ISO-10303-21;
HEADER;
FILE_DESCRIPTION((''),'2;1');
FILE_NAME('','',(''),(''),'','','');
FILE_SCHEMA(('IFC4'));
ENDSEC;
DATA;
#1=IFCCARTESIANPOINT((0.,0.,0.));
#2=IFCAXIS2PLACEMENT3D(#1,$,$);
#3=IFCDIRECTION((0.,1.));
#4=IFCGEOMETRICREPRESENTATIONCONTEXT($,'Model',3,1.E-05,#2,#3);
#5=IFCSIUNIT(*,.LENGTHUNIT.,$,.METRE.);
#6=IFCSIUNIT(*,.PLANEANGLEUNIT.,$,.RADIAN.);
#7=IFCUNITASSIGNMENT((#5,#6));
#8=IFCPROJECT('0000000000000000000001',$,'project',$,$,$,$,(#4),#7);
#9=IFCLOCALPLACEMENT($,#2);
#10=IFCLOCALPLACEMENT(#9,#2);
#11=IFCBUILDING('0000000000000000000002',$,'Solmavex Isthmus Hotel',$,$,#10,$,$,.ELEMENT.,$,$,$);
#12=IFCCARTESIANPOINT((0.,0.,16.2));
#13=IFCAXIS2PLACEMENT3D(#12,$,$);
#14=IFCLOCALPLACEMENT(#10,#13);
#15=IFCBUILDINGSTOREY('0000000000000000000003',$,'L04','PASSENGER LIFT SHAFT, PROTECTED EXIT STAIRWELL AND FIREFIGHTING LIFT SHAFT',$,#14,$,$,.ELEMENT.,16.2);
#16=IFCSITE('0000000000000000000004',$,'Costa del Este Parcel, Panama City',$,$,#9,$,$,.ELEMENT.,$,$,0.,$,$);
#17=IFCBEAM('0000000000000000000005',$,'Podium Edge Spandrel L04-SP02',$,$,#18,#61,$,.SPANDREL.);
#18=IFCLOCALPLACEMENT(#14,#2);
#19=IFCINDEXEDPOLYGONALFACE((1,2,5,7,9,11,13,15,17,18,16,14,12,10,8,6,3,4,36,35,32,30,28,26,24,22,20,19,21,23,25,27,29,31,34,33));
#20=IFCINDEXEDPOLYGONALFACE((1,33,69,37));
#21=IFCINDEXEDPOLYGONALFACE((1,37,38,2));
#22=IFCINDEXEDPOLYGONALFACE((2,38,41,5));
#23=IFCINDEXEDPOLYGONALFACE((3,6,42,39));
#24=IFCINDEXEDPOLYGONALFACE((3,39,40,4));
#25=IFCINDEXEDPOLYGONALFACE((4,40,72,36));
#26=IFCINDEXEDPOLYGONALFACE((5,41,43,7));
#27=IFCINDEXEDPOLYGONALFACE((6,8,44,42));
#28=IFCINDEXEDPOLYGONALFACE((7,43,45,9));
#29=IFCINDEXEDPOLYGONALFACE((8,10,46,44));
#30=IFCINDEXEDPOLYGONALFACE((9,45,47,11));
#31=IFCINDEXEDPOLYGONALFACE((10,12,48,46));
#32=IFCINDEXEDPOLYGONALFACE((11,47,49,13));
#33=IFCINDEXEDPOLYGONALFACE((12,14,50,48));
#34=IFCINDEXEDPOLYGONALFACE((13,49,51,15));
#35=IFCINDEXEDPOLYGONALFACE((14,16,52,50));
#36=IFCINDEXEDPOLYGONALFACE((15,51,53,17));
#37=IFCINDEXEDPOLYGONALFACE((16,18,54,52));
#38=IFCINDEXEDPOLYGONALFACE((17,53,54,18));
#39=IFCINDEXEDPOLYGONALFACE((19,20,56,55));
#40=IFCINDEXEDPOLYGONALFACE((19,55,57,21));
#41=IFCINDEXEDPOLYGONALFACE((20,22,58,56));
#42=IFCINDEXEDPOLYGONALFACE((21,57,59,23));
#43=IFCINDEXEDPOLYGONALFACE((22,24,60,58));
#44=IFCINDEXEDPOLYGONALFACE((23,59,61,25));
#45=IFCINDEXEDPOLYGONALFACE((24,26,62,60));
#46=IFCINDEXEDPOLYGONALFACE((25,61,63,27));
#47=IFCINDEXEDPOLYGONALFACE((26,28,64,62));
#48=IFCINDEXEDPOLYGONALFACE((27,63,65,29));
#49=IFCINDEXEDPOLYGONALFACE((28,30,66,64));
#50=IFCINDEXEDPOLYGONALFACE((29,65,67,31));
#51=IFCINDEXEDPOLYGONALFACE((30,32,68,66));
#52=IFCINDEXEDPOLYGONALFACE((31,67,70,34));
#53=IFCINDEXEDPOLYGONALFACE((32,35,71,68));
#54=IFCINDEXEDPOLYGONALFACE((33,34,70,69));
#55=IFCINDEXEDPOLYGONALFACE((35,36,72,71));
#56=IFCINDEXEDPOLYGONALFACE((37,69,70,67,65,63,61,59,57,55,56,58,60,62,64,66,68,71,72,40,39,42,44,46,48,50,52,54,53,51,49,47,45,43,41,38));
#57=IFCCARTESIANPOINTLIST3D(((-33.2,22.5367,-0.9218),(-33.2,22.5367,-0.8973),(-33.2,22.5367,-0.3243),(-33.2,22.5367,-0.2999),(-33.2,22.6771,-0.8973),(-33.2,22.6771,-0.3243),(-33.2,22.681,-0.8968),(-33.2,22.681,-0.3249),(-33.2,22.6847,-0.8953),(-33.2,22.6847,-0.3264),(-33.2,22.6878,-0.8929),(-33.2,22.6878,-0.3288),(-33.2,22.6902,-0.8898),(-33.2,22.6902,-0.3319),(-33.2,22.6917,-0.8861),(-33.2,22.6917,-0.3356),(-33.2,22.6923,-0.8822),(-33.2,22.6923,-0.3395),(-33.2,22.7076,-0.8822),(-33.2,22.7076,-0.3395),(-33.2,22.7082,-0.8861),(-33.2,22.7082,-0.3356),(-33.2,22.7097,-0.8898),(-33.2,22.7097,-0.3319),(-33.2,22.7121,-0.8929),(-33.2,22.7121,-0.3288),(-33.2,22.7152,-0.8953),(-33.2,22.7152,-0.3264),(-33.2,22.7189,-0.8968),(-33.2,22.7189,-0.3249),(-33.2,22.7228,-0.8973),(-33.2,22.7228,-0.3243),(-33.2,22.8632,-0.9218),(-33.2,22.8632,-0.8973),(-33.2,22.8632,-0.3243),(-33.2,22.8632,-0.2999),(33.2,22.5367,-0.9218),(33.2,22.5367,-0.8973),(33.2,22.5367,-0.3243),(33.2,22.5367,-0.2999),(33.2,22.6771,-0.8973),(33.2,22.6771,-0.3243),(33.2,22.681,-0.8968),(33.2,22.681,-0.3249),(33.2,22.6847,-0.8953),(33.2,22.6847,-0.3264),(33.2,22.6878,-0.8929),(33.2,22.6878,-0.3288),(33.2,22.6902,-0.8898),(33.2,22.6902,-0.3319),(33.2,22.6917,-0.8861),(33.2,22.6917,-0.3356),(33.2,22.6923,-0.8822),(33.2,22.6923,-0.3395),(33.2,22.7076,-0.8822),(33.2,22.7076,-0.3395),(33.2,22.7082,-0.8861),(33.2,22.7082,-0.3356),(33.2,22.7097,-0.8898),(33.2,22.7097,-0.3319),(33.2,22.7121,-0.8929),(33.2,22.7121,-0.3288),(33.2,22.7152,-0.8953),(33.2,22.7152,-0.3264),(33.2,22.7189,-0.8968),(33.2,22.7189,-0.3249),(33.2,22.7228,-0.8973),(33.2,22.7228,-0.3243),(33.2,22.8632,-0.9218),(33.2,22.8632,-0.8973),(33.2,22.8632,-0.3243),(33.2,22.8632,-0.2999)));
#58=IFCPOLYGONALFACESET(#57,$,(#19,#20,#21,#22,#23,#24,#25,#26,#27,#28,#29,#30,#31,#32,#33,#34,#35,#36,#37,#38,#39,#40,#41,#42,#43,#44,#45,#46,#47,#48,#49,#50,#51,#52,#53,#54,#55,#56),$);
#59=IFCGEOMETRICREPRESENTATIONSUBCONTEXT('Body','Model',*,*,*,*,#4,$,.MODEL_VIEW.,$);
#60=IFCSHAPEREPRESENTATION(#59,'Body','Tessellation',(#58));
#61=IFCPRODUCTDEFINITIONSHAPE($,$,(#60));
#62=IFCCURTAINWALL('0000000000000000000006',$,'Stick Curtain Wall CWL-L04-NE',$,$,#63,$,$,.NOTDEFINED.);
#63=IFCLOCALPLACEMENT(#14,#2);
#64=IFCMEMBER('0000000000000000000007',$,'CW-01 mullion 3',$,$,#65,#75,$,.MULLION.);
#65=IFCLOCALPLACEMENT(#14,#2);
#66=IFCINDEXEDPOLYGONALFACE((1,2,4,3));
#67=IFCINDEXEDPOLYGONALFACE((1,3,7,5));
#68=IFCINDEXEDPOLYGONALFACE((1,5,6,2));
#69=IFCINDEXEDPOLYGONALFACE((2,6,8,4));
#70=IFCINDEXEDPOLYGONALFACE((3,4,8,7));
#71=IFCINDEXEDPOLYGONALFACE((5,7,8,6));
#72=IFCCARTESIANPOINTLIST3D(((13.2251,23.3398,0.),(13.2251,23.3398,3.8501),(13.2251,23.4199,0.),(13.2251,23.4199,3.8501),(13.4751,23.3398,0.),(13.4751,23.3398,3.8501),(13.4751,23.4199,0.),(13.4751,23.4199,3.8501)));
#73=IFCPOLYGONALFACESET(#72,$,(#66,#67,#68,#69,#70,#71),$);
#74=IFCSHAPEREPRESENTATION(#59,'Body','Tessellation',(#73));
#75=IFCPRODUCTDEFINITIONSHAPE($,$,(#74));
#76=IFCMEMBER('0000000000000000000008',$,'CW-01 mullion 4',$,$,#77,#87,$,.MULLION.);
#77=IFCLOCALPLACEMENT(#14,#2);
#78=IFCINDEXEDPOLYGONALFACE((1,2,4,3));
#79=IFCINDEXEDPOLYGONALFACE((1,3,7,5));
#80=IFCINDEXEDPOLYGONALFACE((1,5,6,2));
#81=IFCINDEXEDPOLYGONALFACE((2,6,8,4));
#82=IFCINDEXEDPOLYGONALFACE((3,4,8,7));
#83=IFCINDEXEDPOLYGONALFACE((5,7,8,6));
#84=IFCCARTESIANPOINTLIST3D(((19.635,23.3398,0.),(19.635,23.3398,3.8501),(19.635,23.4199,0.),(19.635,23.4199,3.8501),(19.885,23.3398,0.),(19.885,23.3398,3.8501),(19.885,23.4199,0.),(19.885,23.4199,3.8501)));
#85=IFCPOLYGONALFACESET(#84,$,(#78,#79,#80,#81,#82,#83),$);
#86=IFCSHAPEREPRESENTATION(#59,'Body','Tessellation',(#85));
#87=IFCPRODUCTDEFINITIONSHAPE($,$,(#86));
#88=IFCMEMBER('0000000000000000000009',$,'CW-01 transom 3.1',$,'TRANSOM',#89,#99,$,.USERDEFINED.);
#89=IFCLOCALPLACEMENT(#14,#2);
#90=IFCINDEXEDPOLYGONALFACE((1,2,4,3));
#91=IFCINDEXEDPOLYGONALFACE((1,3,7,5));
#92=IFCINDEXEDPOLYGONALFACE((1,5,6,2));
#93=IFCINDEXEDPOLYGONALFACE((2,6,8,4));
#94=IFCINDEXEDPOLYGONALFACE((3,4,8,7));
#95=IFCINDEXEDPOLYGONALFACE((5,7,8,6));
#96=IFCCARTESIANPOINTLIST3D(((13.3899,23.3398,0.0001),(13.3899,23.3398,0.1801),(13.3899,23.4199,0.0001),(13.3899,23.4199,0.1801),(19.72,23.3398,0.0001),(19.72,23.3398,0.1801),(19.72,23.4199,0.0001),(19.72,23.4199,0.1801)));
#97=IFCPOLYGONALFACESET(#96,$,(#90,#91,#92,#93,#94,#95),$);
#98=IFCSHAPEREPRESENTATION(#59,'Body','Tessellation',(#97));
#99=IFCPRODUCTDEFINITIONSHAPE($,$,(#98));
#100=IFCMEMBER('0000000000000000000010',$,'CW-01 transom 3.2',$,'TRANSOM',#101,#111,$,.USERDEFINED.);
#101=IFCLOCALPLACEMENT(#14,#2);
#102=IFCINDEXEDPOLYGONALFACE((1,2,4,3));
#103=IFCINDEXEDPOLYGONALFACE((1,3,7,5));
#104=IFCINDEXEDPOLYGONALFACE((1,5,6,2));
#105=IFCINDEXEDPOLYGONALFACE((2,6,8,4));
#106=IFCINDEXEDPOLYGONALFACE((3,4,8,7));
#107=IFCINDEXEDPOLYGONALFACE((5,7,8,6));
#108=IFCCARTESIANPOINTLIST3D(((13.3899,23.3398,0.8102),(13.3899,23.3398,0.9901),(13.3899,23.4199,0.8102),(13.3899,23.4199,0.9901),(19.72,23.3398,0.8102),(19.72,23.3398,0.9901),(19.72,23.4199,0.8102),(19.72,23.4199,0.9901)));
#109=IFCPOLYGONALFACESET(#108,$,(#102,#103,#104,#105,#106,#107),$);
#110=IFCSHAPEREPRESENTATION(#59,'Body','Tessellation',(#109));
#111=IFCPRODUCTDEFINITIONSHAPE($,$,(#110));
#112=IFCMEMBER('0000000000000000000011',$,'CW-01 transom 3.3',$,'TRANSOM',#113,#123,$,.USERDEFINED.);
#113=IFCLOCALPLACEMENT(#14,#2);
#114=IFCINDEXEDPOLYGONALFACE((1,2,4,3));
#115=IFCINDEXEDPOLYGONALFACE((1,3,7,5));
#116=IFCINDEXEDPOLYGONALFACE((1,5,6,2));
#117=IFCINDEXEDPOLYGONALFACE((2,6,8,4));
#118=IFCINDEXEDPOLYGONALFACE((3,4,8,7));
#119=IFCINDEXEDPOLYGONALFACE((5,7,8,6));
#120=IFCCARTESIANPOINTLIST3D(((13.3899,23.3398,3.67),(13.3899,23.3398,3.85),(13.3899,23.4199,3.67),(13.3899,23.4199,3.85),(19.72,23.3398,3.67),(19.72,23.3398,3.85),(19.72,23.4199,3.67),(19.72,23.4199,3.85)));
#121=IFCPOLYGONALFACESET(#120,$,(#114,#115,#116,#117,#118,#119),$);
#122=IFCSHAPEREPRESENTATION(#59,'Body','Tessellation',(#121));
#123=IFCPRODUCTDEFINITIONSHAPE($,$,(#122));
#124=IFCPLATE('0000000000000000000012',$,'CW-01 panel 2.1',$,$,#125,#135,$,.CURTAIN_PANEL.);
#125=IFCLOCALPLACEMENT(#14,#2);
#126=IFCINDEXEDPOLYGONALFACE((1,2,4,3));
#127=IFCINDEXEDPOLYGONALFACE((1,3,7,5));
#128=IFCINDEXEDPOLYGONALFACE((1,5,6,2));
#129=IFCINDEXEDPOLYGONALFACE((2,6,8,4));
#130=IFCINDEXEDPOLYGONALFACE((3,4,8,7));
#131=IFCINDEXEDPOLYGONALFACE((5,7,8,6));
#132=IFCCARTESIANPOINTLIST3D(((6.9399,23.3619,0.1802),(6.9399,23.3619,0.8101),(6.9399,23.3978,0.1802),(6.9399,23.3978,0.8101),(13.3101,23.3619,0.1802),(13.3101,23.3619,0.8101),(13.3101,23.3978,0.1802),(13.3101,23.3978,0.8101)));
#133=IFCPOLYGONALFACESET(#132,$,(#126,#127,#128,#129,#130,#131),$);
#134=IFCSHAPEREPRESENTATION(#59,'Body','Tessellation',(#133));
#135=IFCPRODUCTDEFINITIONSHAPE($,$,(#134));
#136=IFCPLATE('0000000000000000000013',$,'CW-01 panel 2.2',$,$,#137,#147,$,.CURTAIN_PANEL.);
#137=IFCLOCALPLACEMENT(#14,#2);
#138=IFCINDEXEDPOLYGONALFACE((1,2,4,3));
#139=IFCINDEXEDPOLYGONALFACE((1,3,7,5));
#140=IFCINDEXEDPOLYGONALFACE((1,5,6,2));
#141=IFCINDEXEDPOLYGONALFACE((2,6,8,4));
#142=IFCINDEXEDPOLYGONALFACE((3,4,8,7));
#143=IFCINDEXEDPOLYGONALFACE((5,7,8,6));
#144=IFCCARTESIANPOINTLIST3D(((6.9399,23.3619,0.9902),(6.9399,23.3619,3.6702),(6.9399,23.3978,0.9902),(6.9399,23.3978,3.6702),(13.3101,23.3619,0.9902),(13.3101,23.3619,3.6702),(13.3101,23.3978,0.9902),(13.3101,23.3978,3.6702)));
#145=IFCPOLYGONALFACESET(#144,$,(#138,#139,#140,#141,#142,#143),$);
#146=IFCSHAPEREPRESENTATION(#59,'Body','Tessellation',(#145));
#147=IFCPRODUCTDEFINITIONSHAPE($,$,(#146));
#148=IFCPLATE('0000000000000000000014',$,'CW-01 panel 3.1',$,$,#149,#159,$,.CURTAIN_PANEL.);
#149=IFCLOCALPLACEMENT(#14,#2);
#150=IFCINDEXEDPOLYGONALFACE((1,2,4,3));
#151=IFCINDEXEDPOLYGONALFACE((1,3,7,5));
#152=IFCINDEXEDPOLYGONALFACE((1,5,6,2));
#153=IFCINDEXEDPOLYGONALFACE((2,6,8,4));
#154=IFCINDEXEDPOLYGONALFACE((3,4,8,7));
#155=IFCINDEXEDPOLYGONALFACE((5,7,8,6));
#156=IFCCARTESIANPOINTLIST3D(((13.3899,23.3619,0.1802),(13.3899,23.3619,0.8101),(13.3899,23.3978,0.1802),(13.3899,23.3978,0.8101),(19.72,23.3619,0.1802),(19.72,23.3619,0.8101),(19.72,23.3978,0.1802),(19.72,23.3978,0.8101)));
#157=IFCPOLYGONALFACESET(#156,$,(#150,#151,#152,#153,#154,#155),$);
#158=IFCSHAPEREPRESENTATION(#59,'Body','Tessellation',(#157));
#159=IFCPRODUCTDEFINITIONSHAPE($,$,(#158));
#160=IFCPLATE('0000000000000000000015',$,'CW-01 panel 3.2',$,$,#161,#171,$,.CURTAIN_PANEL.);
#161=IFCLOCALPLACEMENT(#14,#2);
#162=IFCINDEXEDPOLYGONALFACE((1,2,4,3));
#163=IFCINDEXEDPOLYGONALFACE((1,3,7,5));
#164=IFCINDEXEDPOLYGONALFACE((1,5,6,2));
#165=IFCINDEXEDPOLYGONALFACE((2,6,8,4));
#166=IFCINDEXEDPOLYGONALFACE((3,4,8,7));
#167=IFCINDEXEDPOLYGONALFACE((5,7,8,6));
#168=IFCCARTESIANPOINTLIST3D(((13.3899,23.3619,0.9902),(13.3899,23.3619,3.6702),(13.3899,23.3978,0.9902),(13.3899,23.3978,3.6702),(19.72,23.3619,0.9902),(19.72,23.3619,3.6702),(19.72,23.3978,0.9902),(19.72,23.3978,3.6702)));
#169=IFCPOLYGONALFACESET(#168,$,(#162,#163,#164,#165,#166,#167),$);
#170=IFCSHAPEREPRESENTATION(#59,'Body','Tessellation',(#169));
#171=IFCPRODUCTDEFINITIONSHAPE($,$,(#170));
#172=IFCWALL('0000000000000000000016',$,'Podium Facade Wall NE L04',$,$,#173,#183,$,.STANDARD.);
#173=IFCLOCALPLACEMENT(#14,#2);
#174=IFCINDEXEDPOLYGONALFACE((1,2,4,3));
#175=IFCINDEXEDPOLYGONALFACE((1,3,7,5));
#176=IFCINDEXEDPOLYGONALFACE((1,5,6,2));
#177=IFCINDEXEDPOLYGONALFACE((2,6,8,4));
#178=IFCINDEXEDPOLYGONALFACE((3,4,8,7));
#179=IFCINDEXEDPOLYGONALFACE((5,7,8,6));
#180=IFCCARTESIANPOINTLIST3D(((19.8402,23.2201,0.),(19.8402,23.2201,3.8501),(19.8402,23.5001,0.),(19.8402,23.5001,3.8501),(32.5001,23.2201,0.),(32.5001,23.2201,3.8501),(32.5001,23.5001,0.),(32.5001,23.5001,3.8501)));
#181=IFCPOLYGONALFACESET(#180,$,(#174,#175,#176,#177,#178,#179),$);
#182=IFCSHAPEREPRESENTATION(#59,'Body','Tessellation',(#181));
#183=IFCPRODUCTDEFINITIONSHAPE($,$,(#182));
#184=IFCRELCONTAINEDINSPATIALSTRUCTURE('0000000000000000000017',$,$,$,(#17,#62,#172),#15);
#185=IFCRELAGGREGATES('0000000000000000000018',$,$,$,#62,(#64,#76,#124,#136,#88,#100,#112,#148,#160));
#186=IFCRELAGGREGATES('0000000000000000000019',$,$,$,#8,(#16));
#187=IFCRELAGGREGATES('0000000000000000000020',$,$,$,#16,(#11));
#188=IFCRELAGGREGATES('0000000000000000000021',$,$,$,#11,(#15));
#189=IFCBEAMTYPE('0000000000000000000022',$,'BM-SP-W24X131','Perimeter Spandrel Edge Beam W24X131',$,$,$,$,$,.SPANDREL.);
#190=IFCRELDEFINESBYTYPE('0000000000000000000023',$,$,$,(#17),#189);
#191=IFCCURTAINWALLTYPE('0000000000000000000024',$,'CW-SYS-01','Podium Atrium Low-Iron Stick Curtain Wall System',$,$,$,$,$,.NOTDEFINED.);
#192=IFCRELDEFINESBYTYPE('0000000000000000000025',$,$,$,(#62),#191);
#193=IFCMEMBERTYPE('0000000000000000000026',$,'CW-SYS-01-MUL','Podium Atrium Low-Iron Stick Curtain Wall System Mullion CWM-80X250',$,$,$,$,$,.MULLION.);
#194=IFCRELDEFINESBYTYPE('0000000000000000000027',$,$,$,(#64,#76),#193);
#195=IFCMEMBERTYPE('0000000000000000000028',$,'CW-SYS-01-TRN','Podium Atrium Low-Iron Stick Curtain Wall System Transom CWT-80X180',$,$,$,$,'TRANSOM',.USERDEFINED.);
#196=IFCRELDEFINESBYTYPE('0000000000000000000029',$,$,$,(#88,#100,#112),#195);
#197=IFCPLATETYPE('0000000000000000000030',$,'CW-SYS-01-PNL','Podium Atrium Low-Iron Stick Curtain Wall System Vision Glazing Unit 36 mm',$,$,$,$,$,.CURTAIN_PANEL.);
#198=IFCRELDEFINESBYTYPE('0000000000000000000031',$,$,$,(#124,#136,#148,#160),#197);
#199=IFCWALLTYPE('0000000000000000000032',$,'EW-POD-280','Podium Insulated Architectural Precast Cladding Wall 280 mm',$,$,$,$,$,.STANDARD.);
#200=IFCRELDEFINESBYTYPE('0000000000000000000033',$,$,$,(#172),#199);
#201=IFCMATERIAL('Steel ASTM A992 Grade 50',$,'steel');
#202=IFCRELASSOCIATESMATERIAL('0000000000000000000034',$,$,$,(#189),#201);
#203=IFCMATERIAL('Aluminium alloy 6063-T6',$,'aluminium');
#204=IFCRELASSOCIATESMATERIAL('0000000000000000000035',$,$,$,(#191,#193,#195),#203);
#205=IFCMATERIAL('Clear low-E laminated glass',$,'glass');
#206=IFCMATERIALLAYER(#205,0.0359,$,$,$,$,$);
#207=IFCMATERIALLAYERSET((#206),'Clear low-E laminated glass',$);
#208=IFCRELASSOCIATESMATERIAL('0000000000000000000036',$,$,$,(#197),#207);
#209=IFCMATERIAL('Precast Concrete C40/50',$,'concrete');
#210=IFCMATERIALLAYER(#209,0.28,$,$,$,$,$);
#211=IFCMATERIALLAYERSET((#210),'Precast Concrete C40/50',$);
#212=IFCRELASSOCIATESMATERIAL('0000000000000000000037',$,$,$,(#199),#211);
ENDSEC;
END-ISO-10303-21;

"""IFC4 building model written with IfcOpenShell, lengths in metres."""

from ifc_helpers import new_model, si_unit, direction, frame, frame_2d, origin, origin_2d, place, context, subcontext, project, spatial, rectangle, i_section, extrude, material, layer, layer_set, material_profile, profile_set, type_object, element, aggregate, save


model = new_model("IFC4")

# Units and contexts
model_context = context("Model", 3, precision=1e-05, world=origin(), true_north=direction((0.0, 1.0)))
body_context = subcontext(model_context, "Body", "Model", "MODEL_VIEW")
ifc_project = project(units=[si_unit("LENGTHUNIT", "METRE"), si_unit("PLANEANGLEUNIT", "RADIAN")], contexts=[model_context])

# Site, building, storey
site_placement = place(None, origin())
site = spatial("IfcSite", under=ifc_project, at=site_placement, Name="Costa del Este Parcel, Panama City", CompositionType="ELEMENT", RefElevation=0.0)
building_placement = place(site_placement, origin())
building = spatial("IfcBuilding", under=site, at=building_placement, Name="Solmavex Isthmus Hotel", CompositionType="ELEMENT")
storey_placement = place(building_placement, frame((0.0, 0.0, 16.2)))
storey = spatial("IfcBuildingStorey", under=building, at=storey_placement, Name="L04", Description="PASSENGER LIFT SHAFT, PROTECTED EXIT STAIRWELL AND FIREFIGHTING LIFT SHAFT", CompositionType="ELEMENT", Elevation=16.2)

# Beam
ifc_material_1 = material(Name="Steel ASTM A992 Grade 50", Category="steel")
ifc_material_profile_1 = material_profile(ifc_material_1, i_section(OverallWidth=0.3264, OverallDepth=0.6218, WebThickness=0.0154, FlangeThickness=0.0244, FilletRadius=0.0151, at=origin_2d()), Name="W24X131")
ifc_profile_set_1 = profile_set([ifc_material_profile_1], Name="Steel ASTM A992 Grade 50")
beam_type_1 = type_object("IfcBeamType", Name="BM-SP-W24X131", Description="Perimeter Spandrel Edge Beam W24X131", PredefinedType="SPANDREL", material=ifc_profile_set_1)
beam_1_placement = place(storey_placement, frame((33.2, 22.7, -0.6108), z_axis=(-1.0, 0.0, 0.0), x_axis=(0.0, -1.0, 0.0)))
element("IfcBeam", 1, at=beam_1_placement, inside=storey, type_object=beam_type_1, Name="Podium Edge Spandrel L04-SP02", PredefinedType="SPANDREL", context=body_context, shape_type="SweptSolid", body=[
    extrude(i_section(OverallWidth=0.3264, OverallDepth=0.6218, WebThickness=0.0154, FlangeThickness=0.0244, FilletRadius=0.0151, at=origin_2d()), origin(), (0.0, 0.0, 1.0), 66.3999),
])

# Curtain wall, members, plates
ifc_material_2 = material(Name="Aluminium alloy 6063-T6", Category="aluminium")
curtain_wall_type = type_object("IfcCurtainWallType", Name="CW-SYS-01", Description="Podium Atrium Low-Iron Stick Curtain Wall System", PredefinedType="NOTDEFINED", material=ifc_material_2)
curtain_wall_placement = place(storey_placement, origin())
curtain_wall = element("IfcCurtainWall", 2, at=curtain_wall_placement, inside=storey, type_object=curtain_wall_type, Name="Stick Curtain Wall CWL-L04-NE", PredefinedType="NOTDEFINED")
ifc_material_profile_2 = material_profile(ifc_material_2, rectangle(XDim=0.0801, YDim=0.25, at=origin_2d()), Name="CWM-80X250")
ifc_profile_set_2 = profile_set([ifc_material_profile_2], Name="Aluminium alloy 6063-T6")
member_type_1 = type_object("IfcMemberType", Name="CW-SYS-01-MUL", Description="Podium Atrium Low-Iron Stick Curtain Wall System Mullion CWM-80X250", PredefinedType="MULLION", material=ifc_profile_set_2)
member_1_placement = place(storey_placement, frame((13.3501, 23.3799, 0.0), z_axis=(0.0, 0.0, 1.0), x_axis=(0.0, 1.0, 0.0)))
member_1 = element("IfcMember", 3, at=member_1_placement, type_object=member_type_1, Name="CW-01 mullion 3", PredefinedType="MULLION", context=body_context, shape_type="SweptSolid", body=[
    extrude(rectangle(XDim=0.0801, YDim=0.25, at=origin_2d()), origin(), (0.0, 0.0, 1.0), 3.8501),
])
member_2_placement = place(storey_placement, frame((19.76, 23.3799, 0.0), z_axis=(0.0, 0.0, 1.0), x_axis=(0.0, 1.0, 0.0)))
member_2 = element("IfcMember", 4, at=member_2_placement, type_object=member_type_1, Name="CW-01 mullion 4", PredefinedType="MULLION", context=body_context, shape_type="SweptSolid", body=[
    extrude(rectangle(XDim=0.0801, YDim=0.25, at=origin_2d()), origin(), (0.0, 0.0, 1.0), 3.8501),
])
ifc_material_profile_3 = material_profile(ifc_material_2, rectangle(XDim=0.0801, YDim=0.1799, at=origin_2d()), Name="CWT-80X180")
ifc_profile_set_3 = profile_set([ifc_material_profile_3], Name="Aluminium alloy 6063-T6")
member_type_2 = type_object("IfcMemberType", Name="CW-SYS-01-TRN", Description="Podium Atrium Low-Iron Stick Curtain Wall System Transom CWT-80X180", ElementType="TRANSOM", PredefinedType="USERDEFINED", material=ifc_profile_set_3)
member_3_placement = place(storey_placement, frame((13.3899, 23.3799, 0.0901), z_axis=(1.0, 0.0, 0.0), x_axis=(0.0, 1.0, 0.0)))
member_3 = element("IfcMember", 5, at=member_3_placement, type_object=member_type_2, Name="CW-01 transom 3.1", ObjectType="TRANSOM", PredefinedType="USERDEFINED", context=body_context, shape_type="SweptSolid", body=[
    extrude(rectangle(XDim=0.0801, YDim=0.1799, at=origin_2d()), origin(), (0.0, 0.0, 1.0), 6.3301),
])
member_4_placement = place(storey_placement, frame((13.3899, 23.3799, 0.9001), z_axis=(1.0, 0.0, 0.0), x_axis=(0.0, 1.0, 0.0)))
member_4 = element("IfcMember", 6, at=member_4_placement, type_object=member_type_2, Name="CW-01 transom 3.2", ObjectType="TRANSOM", PredefinedType="USERDEFINED", context=body_context, shape_type="SweptSolid", body=[
    extrude(rectangle(XDim=0.0801, YDim=0.1799, at=origin_2d()), origin(), (0.0, 0.0, 1.0), 6.3301),
])
member_5_placement = place(storey_placement, frame((13.3899, 23.3799, 3.76), z_axis=(1.0, 0.0, 0.0), x_axis=(0.0, 1.0, 0.0)))
member_5 = element("IfcMember", 7, at=member_5_placement, type_object=member_type_2, Name="CW-01 transom 3.3", ObjectType="TRANSOM", PredefinedType="USERDEFINED", context=body_context, shape_type="SweptSolid", body=[
    extrude(rectangle(XDim=0.0801, YDim=0.1799, at=origin_2d()), origin(), (0.0, 0.0, 1.0), 6.3301),
])
ifc_material_3 = material(Name="Clear low-E laminated glass", Category="glass")
ifc_layer_1 = layer(ifc_material_3, 0.0359)
ifc_layer_set_1 = layer_set([ifc_layer_1], Name="Clear low-E laminated glass")
plate_type = type_object("IfcPlateType", Name="CW-SYS-01-PNL", Description="Podium Atrium Low-Iron Stick Curtain Wall System Vision Glazing Unit 36 mm", PredefinedType="CURTAIN_PANEL", material=ifc_layer_set_1)
plate_1_placement = place(storey_placement, frame((10.125, 23.3799, 0.1802), z_axis=(0.0, 0.0, 1.0), x_axis=(1.0, 0.0, 0.0)))
plate_1 = element("IfcPlate", 8, at=plate_1_placement, type_object=plate_type, Name="CW-01 panel 2.1", PredefinedType="CURTAIN_PANEL", context=body_context, shape_type="SweptSolid", body=[
    extrude(rectangle(XDim=6.3701, YDim=0.0359, at=origin_2d()), origin(), (0.0, 0.0, 1.0), 0.6299),
])
plate_2_placement = place(storey_placement, frame((10.125, 23.3799, 0.9902), z_axis=(0.0, 0.0, 1.0), x_axis=(1.0, 0.0, 0.0)))
plate_2 = element("IfcPlate", 9, at=plate_2_placement, type_object=plate_type, Name="CW-01 panel 2.2", PredefinedType="CURTAIN_PANEL", context=body_context, shape_type="SweptSolid", body=[
    extrude(rectangle(XDim=6.3701, YDim=0.0359, at=origin_2d()), origin(), (0.0, 0.0, 1.0), 2.6799),
])
plate_3_placement = place(storey_placement, frame((16.5549, 23.3799, 0.1802), z_axis=(0.0, 0.0, 1.0), x_axis=(1.0, 0.0, 0.0)))
plate_3 = element("IfcPlate", 10, at=plate_3_placement, type_object=plate_type, Name="CW-01 panel 3.1", PredefinedType="CURTAIN_PANEL", context=body_context, shape_type="SweptSolid", body=[
    extrude(rectangle(XDim=6.3301, YDim=0.0359, at=origin_2d()), origin(), (0.0, 0.0, 1.0), 0.6299),
])
plate_4_placement = place(storey_placement, frame((16.5549, 23.3799, 0.9902), z_axis=(0.0, 0.0, 1.0), x_axis=(1.0, 0.0, 0.0)))
plate_4 = element("IfcPlate", 11, at=plate_4_placement, type_object=plate_type, Name="CW-01 panel 3.2", PredefinedType="CURTAIN_PANEL", context=body_context, shape_type="SweptSolid", body=[
    extrude(rectangle(XDim=6.3301, YDim=0.0359, at=origin_2d()), origin(), (0.0, 0.0, 1.0), 2.6799),
])
aggregate(curtain_wall, [member_1, member_2, plate_1, plate_2, member_3, member_4, member_5, plate_3, plate_4])

# Wall
ifc_material_4 = material(Name="Precast Concrete C40/50", Category="concrete")
ifc_layer_2 = layer(ifc_material_4, 0.28)
ifc_layer_set_2 = layer_set([ifc_layer_2], Name="Precast Concrete C40/50")
wall_type_1 = type_object("IfcWallType", Name="EW-POD-280", Description="Podium Insulated Architectural Precast Cladding Wall 280 mm", PredefinedType="STANDARD", material=ifc_layer_set_2)
wall_1_placement = place(storey_placement, frame((19.8401, 23.3601, 0.0), z_axis=(0.0, 0.0, 1.0), x_axis=(1.0, 0.0, 0.0)))
element("IfcWall", 12, at=wall_1_placement, inside=storey, type_object=wall_type_1, Name="Podium Facade Wall NE L04", PredefinedType="STANDARD", context=body_context, shape_type="SweptSolid", body=[
    extrude(rectangle(XDim=12.6599, YDim=0.28, at=frame_2d((6.3301, 0.0))), origin(), (0.0, 0.0, 1.0), 3.8501),
])

save(model, "model.ifc")
